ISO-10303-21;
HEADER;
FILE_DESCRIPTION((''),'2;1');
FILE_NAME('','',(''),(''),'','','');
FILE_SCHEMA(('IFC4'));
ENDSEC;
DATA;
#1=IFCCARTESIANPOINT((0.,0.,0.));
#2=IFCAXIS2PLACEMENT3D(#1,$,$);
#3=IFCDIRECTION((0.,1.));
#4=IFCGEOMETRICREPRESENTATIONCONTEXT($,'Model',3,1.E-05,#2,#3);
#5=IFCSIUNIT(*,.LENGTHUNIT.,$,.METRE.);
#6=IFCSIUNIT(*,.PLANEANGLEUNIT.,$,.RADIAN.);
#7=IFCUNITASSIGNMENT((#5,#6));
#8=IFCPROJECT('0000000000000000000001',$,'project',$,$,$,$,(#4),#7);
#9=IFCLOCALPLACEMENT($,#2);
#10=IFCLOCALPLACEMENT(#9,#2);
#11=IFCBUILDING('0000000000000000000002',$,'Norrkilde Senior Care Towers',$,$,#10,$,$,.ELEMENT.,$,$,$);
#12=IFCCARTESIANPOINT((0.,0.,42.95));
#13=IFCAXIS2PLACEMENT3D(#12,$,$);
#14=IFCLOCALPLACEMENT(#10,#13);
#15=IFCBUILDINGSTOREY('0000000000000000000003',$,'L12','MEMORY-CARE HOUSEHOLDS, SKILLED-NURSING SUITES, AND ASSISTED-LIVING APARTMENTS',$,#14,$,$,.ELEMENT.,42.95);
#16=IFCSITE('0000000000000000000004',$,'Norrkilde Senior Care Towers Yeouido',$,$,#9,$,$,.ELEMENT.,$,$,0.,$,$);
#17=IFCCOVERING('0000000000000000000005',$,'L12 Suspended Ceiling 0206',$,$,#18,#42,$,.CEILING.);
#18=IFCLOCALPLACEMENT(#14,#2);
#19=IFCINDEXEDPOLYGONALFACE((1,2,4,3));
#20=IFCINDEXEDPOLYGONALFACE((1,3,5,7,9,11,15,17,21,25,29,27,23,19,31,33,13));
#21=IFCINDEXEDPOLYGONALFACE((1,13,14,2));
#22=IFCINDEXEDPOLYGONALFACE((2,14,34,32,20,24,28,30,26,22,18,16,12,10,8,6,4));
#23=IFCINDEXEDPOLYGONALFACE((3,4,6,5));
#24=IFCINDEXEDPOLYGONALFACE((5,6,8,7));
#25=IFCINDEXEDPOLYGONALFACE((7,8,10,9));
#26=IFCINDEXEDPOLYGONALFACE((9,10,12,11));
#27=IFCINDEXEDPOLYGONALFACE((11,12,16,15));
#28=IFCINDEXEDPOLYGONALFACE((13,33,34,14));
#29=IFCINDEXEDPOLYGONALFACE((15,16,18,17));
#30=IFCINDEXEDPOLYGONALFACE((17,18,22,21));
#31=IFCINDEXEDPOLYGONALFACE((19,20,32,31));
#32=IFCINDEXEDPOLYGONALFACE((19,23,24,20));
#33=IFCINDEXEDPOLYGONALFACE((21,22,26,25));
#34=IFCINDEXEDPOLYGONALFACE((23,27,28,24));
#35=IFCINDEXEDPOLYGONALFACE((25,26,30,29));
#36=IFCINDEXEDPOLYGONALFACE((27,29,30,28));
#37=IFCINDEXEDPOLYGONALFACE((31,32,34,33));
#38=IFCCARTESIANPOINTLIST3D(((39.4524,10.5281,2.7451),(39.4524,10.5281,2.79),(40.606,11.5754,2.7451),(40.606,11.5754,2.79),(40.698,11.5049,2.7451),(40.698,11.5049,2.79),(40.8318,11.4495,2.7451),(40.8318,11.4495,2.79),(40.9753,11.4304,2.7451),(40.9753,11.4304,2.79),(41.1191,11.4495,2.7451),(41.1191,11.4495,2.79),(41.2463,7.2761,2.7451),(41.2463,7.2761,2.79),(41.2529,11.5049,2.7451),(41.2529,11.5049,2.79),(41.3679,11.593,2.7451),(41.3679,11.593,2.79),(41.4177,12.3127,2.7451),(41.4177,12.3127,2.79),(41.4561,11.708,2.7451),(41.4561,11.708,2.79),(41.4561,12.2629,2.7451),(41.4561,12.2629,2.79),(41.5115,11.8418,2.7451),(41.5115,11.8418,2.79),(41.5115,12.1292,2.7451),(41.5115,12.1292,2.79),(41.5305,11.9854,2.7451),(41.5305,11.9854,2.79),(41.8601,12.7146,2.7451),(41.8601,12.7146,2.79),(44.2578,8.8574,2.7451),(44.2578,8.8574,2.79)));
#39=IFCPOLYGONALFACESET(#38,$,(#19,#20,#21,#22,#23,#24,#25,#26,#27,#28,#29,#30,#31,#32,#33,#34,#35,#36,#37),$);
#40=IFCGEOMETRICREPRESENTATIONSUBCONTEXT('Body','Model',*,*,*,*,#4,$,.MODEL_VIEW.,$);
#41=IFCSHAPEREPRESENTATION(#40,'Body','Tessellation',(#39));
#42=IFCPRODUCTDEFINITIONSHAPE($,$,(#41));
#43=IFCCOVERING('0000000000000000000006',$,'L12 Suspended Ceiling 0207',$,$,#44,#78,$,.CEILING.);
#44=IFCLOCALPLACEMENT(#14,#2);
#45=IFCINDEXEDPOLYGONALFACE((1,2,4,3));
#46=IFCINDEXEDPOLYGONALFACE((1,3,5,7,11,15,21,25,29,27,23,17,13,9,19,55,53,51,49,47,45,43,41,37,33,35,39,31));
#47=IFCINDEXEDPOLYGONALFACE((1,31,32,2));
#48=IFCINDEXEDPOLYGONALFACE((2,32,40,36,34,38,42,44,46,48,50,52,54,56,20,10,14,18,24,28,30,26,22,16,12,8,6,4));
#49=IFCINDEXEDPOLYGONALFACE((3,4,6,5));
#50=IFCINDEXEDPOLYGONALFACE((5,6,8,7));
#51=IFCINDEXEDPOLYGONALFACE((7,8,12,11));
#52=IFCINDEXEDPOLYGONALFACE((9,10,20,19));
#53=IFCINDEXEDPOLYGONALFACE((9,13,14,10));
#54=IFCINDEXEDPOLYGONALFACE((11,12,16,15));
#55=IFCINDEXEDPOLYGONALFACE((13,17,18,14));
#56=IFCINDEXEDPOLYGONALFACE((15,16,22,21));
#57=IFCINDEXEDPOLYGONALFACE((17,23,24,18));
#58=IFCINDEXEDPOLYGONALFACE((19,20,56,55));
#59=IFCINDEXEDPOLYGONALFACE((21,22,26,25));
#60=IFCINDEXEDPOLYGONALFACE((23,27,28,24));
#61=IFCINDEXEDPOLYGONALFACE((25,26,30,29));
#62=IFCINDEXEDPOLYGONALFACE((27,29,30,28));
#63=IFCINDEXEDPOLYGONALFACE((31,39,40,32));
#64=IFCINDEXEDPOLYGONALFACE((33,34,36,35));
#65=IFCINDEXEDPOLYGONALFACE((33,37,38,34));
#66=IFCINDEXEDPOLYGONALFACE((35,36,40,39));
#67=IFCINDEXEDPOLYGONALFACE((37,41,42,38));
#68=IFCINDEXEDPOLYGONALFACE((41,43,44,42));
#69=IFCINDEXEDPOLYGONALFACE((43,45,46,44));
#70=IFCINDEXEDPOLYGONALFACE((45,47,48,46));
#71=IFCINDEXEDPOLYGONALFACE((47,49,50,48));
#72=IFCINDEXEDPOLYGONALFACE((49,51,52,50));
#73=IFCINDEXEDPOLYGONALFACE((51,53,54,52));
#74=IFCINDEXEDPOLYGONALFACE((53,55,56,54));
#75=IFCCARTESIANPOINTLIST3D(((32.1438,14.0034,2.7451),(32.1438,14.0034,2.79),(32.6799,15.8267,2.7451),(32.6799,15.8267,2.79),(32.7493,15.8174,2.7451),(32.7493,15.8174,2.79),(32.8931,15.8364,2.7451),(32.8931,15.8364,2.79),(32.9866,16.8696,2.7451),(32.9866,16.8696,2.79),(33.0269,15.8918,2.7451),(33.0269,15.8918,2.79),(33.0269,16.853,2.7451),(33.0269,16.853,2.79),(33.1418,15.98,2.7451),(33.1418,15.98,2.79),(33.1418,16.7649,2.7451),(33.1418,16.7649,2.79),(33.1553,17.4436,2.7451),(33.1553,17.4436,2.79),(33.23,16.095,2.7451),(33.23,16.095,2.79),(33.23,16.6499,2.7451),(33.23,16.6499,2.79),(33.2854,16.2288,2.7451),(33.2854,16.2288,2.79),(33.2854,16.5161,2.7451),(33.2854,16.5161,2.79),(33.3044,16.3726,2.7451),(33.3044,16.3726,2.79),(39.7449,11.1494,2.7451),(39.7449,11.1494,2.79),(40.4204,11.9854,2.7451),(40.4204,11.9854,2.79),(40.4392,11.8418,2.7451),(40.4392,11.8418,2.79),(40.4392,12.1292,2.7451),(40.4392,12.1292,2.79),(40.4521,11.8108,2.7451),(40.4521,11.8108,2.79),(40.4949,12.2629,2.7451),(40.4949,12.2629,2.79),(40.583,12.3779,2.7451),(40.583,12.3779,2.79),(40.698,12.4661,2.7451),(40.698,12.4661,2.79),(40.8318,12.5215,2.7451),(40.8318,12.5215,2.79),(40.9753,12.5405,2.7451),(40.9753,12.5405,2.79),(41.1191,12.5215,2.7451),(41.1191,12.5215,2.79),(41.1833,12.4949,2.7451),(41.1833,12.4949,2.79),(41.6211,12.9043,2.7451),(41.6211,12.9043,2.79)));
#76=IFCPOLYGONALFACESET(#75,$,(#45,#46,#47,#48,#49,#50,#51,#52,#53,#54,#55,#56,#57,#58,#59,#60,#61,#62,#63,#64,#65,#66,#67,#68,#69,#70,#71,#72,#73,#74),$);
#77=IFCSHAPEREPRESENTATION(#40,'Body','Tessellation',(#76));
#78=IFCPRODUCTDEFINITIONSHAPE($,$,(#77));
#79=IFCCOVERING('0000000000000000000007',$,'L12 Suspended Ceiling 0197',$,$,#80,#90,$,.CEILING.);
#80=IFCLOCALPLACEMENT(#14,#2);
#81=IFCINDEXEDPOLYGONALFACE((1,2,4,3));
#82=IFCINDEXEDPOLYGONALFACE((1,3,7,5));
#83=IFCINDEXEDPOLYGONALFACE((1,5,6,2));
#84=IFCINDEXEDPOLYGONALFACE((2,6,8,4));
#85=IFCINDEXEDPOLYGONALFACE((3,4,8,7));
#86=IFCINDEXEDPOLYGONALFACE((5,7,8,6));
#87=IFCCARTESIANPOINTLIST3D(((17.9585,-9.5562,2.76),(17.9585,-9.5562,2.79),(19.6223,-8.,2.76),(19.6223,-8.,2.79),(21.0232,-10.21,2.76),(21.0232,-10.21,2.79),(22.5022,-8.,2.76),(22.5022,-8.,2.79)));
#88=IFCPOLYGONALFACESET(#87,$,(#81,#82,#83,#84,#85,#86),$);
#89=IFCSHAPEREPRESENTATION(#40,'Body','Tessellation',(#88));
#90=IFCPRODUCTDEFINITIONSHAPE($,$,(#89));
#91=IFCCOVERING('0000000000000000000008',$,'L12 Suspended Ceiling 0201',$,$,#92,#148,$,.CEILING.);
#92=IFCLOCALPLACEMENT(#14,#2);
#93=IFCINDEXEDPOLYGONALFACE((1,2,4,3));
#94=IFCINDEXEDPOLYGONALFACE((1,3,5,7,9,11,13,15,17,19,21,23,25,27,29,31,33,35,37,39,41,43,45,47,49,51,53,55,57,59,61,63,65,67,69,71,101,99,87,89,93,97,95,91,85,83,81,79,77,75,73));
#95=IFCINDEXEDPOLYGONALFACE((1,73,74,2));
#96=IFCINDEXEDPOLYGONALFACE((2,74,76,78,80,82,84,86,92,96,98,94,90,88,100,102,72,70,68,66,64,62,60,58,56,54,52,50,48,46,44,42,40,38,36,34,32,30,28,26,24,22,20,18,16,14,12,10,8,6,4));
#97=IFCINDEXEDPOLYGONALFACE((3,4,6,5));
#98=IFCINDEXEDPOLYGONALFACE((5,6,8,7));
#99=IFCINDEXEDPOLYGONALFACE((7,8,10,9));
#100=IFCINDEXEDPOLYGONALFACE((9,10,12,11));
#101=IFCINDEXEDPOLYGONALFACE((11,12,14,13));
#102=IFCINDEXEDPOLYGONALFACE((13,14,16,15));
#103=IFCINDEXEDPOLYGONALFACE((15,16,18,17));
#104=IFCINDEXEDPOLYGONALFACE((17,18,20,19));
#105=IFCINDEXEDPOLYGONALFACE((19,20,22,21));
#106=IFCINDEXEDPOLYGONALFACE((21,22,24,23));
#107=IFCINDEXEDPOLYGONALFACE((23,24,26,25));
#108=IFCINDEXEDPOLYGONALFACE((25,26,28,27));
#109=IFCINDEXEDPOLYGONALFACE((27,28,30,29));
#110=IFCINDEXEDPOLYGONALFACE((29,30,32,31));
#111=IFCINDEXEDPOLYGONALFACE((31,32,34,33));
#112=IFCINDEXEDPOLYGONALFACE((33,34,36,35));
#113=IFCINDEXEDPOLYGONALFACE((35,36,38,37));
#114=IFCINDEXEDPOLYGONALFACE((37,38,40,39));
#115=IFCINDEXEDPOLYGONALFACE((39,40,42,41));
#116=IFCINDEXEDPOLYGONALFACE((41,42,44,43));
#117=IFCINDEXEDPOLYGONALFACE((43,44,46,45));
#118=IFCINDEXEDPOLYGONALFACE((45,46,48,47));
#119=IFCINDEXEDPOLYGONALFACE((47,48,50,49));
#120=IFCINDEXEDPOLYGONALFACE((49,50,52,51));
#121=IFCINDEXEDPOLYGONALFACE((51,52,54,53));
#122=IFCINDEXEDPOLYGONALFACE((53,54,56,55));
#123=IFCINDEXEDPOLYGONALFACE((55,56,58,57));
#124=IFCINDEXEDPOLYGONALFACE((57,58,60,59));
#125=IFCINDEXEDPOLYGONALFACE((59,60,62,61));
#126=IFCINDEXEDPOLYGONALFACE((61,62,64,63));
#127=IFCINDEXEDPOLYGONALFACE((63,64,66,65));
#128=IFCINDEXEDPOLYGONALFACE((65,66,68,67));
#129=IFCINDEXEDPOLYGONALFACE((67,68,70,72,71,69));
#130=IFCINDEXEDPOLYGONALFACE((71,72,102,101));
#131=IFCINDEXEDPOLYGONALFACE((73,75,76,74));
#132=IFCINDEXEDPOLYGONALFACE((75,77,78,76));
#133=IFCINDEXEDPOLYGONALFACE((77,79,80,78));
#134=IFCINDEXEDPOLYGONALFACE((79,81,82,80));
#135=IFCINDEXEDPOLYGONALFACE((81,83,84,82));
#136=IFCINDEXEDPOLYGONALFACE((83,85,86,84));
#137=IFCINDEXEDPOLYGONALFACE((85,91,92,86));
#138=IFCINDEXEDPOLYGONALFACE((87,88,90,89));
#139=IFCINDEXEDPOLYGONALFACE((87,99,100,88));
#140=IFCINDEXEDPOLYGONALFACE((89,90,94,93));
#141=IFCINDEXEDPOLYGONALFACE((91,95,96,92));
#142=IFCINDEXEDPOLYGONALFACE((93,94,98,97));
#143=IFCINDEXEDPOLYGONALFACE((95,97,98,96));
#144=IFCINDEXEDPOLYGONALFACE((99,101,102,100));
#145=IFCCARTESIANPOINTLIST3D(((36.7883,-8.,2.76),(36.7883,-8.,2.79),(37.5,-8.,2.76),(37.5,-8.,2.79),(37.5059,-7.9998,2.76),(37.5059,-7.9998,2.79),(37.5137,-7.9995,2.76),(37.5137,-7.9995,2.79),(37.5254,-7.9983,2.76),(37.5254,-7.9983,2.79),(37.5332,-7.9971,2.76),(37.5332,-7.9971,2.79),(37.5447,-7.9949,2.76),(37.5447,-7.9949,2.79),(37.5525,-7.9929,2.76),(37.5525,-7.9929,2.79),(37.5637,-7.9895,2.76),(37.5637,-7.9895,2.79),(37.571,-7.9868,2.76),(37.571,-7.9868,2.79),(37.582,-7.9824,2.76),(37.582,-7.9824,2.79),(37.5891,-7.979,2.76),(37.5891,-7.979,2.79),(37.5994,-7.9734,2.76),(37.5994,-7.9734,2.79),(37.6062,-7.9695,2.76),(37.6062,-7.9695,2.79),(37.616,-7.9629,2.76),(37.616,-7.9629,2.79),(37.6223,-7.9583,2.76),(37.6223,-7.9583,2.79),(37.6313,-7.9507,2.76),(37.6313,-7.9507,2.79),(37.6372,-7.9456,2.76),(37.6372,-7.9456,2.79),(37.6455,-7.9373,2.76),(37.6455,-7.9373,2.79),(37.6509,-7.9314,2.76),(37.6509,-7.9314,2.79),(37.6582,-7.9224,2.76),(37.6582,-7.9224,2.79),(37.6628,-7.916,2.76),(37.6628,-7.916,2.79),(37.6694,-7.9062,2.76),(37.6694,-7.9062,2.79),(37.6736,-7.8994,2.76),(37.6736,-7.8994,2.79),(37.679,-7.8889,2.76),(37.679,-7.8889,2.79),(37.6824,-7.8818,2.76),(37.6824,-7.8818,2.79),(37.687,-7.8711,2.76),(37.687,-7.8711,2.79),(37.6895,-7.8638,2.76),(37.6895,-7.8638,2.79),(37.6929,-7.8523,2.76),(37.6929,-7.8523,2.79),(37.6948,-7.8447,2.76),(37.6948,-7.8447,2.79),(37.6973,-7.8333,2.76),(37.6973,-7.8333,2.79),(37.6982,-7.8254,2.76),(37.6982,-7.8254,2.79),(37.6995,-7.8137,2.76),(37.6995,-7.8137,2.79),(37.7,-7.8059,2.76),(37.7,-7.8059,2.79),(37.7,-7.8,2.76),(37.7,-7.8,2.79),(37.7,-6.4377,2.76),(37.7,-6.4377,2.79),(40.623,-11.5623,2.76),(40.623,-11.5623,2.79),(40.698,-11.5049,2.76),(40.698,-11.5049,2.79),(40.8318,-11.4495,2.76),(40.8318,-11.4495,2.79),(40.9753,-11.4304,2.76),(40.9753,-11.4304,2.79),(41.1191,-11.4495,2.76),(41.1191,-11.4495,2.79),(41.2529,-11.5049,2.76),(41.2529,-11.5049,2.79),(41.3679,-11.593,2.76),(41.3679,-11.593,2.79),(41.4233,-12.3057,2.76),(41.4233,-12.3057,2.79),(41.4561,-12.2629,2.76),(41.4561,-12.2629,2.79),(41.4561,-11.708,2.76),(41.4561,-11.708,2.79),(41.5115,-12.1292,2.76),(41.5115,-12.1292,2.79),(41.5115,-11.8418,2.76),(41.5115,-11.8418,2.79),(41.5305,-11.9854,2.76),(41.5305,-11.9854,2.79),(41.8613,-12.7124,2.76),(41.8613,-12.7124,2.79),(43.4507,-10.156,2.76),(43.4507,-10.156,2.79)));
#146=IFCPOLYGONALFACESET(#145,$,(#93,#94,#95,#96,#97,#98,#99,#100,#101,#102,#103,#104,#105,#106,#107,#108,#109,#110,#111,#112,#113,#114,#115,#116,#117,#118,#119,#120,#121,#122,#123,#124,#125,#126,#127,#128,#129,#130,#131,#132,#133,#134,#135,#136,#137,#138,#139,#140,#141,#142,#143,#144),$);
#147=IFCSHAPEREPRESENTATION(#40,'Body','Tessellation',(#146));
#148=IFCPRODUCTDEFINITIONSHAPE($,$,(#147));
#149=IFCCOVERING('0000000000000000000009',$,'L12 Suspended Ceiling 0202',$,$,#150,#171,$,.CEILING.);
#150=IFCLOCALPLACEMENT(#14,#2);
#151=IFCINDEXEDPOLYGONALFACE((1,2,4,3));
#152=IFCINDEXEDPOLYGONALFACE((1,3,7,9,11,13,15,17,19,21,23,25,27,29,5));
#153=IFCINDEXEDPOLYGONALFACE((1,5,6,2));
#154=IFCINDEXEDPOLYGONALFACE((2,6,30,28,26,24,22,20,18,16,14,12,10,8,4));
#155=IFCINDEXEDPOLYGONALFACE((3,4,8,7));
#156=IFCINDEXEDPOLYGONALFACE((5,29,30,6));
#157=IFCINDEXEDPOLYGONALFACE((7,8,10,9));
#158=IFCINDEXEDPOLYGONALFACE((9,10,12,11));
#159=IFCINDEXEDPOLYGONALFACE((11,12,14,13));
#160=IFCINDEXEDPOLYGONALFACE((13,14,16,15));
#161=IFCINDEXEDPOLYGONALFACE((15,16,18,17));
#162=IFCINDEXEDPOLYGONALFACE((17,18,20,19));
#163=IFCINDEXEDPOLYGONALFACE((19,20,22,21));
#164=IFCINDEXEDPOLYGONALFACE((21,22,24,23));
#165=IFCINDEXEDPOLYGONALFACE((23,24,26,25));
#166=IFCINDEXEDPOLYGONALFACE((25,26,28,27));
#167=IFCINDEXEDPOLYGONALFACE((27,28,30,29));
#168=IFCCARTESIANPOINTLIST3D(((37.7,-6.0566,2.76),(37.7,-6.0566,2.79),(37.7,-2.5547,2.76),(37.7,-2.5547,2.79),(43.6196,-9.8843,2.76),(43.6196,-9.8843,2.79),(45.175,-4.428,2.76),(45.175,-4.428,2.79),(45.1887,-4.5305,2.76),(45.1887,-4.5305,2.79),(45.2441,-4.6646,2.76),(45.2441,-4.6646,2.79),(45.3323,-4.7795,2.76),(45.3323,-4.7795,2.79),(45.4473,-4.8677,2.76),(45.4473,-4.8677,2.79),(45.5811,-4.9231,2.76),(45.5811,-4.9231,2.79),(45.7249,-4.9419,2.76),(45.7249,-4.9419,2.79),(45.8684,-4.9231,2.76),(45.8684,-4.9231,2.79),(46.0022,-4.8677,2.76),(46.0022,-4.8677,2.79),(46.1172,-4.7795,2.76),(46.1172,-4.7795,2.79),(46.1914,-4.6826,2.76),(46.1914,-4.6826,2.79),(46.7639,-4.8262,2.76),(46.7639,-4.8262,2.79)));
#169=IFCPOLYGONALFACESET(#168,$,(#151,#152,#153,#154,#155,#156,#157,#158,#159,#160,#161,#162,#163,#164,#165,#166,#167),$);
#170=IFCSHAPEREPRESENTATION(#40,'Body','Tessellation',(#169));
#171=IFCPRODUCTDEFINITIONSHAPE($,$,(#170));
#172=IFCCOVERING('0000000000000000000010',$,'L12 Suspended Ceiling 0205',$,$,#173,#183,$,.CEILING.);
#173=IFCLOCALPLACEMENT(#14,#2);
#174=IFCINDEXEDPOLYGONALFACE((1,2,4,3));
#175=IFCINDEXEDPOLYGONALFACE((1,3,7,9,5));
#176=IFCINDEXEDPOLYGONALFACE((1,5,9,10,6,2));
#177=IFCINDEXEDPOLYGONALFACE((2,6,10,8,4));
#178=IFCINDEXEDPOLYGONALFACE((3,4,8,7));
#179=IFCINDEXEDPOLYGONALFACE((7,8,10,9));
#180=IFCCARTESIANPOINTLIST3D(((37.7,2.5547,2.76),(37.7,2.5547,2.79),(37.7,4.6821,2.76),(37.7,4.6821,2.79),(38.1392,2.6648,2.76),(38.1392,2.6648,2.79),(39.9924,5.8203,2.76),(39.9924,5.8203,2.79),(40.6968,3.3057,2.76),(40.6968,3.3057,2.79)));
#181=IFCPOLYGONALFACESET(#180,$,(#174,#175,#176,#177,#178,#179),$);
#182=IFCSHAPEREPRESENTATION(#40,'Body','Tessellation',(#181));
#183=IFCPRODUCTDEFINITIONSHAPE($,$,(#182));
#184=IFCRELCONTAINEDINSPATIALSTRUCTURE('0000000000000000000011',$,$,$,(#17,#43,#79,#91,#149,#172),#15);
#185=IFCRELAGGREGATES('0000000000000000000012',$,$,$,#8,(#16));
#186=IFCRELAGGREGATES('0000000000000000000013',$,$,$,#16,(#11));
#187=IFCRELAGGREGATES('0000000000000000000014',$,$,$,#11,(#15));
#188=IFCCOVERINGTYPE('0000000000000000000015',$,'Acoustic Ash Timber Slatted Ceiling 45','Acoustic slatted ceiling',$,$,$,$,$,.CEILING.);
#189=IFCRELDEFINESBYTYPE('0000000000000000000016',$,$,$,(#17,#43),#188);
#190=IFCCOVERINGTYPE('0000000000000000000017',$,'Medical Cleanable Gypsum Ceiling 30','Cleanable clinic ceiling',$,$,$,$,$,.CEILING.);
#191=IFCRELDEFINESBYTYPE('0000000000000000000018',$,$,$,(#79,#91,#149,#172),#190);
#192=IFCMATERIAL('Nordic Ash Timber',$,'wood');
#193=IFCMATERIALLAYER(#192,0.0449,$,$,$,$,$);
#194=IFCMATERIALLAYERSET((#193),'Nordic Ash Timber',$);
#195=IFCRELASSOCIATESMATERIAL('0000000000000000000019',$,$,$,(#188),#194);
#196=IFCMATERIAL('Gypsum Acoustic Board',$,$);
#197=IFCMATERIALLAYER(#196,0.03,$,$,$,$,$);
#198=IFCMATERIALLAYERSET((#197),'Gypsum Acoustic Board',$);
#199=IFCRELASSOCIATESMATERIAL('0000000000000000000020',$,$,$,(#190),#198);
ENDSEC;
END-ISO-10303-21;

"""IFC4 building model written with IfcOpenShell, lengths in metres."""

from ifc_helpers import new_model, si_unit, direction, frame, origin, place, context, subcontext, project, spatial, polyline, outline, extrude, material, layer, layer_set, type_object, element, save


model = new_model("IFC4")

# Units and contexts
model_context = context("Model", 3, precision=1e-05, world=origin(), true_north=direction((0.0, 1.0)))
body_context = subcontext(model_context, "Body", "Model", "MODEL_VIEW")
ifc_project = project(units=[si_unit("LENGTHUNIT", "METRE"), si_unit("PLANEANGLEUNIT", "RADIAN")], contexts=[model_context])

# Site, building, storey
site_placement = place(None, origin())
site = spatial("IfcSite", under=ifc_project, at=site_placement, Name="Norrkilde Senior Care Towers Yeouido", CompositionType="ELEMENT", RefElevation=0.0)
building_placement = place(site_placement, origin())
building = spatial("IfcBuilding", under=site, at=building_placement, Name="Norrkilde Senior Care Towers", CompositionType="ELEMENT")
storey_placement = place(building_placement, frame((0.0, 0.0, 42.95)))
storey = spatial("IfcBuildingStorey", under=building, at=storey_placement, Name="L12", Description="MEMORY-CARE HOUSEHOLDS, SKILLED-NURSING SUITES, AND ASSISTED-LIVING APARTMENTS", CompositionType="ELEMENT", Elevation=42.95)

# Coverings
ifc_material_1 = material(Name="Nordic Ash Timber", Category="wood")
ifc_layer_1 = layer(ifc_material_1, 0.0449)
ifc_layer_set_1 = layer_set([ifc_layer_1], Name="Nordic Ash Timber")
covering_type_1 = type_object("IfcCoveringType", Name="Acoustic Ash Timber Slatted Ceiling 45", Description="Acoustic slatted ceiling", PredefinedType="CEILING", material=ifc_layer_set_1)
covering_1_placement = place(storey_placement, frame((0.0, 0.0, 2.7451)))
element("IfcCovering", 1, at=covering_1_placement, inside=storey, type_object=covering_type_1, Name="L12 Suspended Ceiling 0206", PredefinedType="CEILING", context=body_context, shape_type="SweptSolid", body=[
    extrude(outline(polyline([(40.606, 11.5754), (40.698, 11.5049), (40.8318, 11.4495), (40.9753, 11.4304), (41.1191, 11.4495), (41.2529, 11.5049), (41.3679, 11.593), (41.4561, 11.708), (41.5115, 11.8418), (41.5305, 11.9854), (41.5115, 12.1292), (41.4561, 12.2629), (41.4177, 12.3127), (41.8601, 12.7146), (44.2578, 8.8574), (41.2463, 7.2761), (39.4524, 10.5281), (40.606, 11.5754)])), origin(), (0.0, 0.0, 1.0), 0.0449),
])
covering_2_placement = place(storey_placement, frame((0.0, 0.0, 2.7451)))
element("IfcCovering", 2, at=covering_2_placement, inside=storey, type_object=covering_type_1, Name="L12 Suspended Ceiling 0207", PredefinedType="CEILING", context=body_context, shape_type="SweptSolid", body=[
    extrude(outline(polyline([(41.1833, 12.4949), (41.1191, 12.5215), (40.9753, 12.5405), (40.8318, 12.5215), (40.698, 12.4661), (40.583, 12.3779), (40.4949, 12.2629), (40.4392, 12.1292), (40.4204, 11.9854), (40.4392, 11.8418), (40.4521, 11.8108), (39.7449, 11.1494), (32.1438, 14.0034), (32.6799, 15.8267), (32.7493, 15.8174), (32.8931, 15.8364), (33.0269, 15.8918), (33.1418, 15.98), (33.23, 16.095), (33.2854, 16.2288), (33.3044, 16.3726), (33.2854, 16.5161), (33.23, 16.6499), (33.1418, 16.7649), (33.0269, 16.853), (32.9866, 16.8696), (33.1553, 17.4436), (41.6211, 12.9043), (41.1833, 12.4949)])), origin(), (0.0, 0.0, 1.0), 0.0449),
])
ifc_material_2 = material(Name="Gypsum Acoustic Board")
ifc_layer_2 = layer(ifc_material_2, 0.03)
ifc_layer_set_2 = layer_set([ifc_layer_2], Name="Gypsum Acoustic Board")
covering_type_2 = type_object("IfcCoveringType", Name="Medical Cleanable Gypsum Ceiling 30", Description="Cleanable clinic ceiling", PredefinedType="CEILING", material=ifc_layer_set_2)
covering_3_placement = place(storey_placement, frame((0.0, 0.0, 2.76)))
element("IfcCovering", 3, at=covering_3_placement, inside=storey, type_object=covering_type_2, Name="L12 Suspended Ceiling 0197", PredefinedType="CEILING", context=body_context, shape_type="SweptSolid", body=[
    extrude(outline(polyline([(17.9585, -9.5562), (19.6223, -8.0), (22.5022, -8.0), (21.0232, -10.21), (17.9585, -9.5562)])), origin(), (0.0, 0.0, 1.0), 0.03),
])
covering_4_placement = place(storey_placement, frame((0.0, 0.0, 2.76)))
element("IfcCovering", 4, at=covering_4_placement, inside=storey, type_object=covering_type_2, Name="L12 Suspended Ceiling 0201", PredefinedType="CEILING", context=body_context, shape_type="SweptSolid", body=[
    extrude(outline(polyline([(37.5332, -7.9971), (37.5447, -7.9949), (37.5525, -7.9929), (37.5637, -7.9895), (37.571, -7.9868), (37.582, -7.9824), (37.5891, -7.979), (37.5994, -7.9734), (37.6062, -7.9695), (37.616, -7.9629), (37.6223, -7.9583), (37.6313, -7.9507), (37.6372, -7.9456), (37.6455, -7.9373), (37.6509, -7.9314), (37.6582, -7.9224), (37.6628, -7.916), (37.6694, -7.9062), (37.6736, -7.8994), (37.679, -7.8889), (37.6824, -7.8818), (37.687, -7.8711), (37.6895, -7.8638), (37.6929, -7.8523), (37.6948, -7.8447), (37.6973, -7.8333), (37.6982, -7.8254), (37.6995, -7.8137), (37.7, -7.8059), (37.7, -7.8), (37.7, -6.4377), (43.4507, -10.156), (41.8613, -12.7124), (41.4233, -12.3057), (41.4561, -12.2629), (41.5115, -12.1292), (41.5305, -11.9854), (41.5115, -11.8418), (41.4561, -11.708), (41.3679, -11.593), (41.2529, -11.5049), (41.1191, -11.4495), (40.9753, -11.4304), (40.8318, -11.4495), (40.698, -11.5049), (40.623, -11.5623), (36.7883, -8.0), (37.5, -8.0), (37.5059, -7.9998), (37.5137, -7.9995), (37.5254, -7.9983), (37.5332, -7.9971)])), origin(), (0.0, 0.0, 1.0), 0.03),
])
covering_5_placement = place(storey_placement, frame((0.0, 0.0, 2.76)))
element("IfcCovering", 5, at=covering_5_placement, inside=storey, type_object=covering_type_2, Name="L12 Suspended Ceiling 0202", PredefinedType="CEILING", context=body_context, shape_type="SweptSolid", body=[
    extrude(outline(polyline([(45.175, -4.428), (45.1887, -4.5305), (45.2441, -4.6646), (45.3323, -4.7795), (45.4473, -4.8677), (45.5811, -4.9231), (45.7249, -4.9419), (45.8684, -4.9231), (46.0022, -4.8677), (46.1172, -4.7795), (46.1914, -4.6826), (46.7639, -4.8262), (43.6196, -9.8843), (37.7, -6.0566), (37.7, -2.5547), (45.175, -4.428)])), origin(), (0.0, 0.0, 1.0), 0.03),
])
covering_6_placement = place(storey_placement, frame((0.0, 0.0, 2.76)))
element("IfcCovering", 6, at=covering_6_placement, inside=storey, type_object=covering_type_2, Name="L12 Suspended Ceiling 0205", PredefinedType="CEILING", context=body_context, shape_type="SweptSolid", body=[
    extrude(outline(polyline([(39.9924, 5.8203), (40.6968, 3.3057), (38.1392, 2.6648), (37.7, 2.5547), (37.7, 4.6821), (39.9924, 5.8203)])), origin(), (0.0, 0.0, 1.0), 0.03),
])

save(model, "model.ifc")
